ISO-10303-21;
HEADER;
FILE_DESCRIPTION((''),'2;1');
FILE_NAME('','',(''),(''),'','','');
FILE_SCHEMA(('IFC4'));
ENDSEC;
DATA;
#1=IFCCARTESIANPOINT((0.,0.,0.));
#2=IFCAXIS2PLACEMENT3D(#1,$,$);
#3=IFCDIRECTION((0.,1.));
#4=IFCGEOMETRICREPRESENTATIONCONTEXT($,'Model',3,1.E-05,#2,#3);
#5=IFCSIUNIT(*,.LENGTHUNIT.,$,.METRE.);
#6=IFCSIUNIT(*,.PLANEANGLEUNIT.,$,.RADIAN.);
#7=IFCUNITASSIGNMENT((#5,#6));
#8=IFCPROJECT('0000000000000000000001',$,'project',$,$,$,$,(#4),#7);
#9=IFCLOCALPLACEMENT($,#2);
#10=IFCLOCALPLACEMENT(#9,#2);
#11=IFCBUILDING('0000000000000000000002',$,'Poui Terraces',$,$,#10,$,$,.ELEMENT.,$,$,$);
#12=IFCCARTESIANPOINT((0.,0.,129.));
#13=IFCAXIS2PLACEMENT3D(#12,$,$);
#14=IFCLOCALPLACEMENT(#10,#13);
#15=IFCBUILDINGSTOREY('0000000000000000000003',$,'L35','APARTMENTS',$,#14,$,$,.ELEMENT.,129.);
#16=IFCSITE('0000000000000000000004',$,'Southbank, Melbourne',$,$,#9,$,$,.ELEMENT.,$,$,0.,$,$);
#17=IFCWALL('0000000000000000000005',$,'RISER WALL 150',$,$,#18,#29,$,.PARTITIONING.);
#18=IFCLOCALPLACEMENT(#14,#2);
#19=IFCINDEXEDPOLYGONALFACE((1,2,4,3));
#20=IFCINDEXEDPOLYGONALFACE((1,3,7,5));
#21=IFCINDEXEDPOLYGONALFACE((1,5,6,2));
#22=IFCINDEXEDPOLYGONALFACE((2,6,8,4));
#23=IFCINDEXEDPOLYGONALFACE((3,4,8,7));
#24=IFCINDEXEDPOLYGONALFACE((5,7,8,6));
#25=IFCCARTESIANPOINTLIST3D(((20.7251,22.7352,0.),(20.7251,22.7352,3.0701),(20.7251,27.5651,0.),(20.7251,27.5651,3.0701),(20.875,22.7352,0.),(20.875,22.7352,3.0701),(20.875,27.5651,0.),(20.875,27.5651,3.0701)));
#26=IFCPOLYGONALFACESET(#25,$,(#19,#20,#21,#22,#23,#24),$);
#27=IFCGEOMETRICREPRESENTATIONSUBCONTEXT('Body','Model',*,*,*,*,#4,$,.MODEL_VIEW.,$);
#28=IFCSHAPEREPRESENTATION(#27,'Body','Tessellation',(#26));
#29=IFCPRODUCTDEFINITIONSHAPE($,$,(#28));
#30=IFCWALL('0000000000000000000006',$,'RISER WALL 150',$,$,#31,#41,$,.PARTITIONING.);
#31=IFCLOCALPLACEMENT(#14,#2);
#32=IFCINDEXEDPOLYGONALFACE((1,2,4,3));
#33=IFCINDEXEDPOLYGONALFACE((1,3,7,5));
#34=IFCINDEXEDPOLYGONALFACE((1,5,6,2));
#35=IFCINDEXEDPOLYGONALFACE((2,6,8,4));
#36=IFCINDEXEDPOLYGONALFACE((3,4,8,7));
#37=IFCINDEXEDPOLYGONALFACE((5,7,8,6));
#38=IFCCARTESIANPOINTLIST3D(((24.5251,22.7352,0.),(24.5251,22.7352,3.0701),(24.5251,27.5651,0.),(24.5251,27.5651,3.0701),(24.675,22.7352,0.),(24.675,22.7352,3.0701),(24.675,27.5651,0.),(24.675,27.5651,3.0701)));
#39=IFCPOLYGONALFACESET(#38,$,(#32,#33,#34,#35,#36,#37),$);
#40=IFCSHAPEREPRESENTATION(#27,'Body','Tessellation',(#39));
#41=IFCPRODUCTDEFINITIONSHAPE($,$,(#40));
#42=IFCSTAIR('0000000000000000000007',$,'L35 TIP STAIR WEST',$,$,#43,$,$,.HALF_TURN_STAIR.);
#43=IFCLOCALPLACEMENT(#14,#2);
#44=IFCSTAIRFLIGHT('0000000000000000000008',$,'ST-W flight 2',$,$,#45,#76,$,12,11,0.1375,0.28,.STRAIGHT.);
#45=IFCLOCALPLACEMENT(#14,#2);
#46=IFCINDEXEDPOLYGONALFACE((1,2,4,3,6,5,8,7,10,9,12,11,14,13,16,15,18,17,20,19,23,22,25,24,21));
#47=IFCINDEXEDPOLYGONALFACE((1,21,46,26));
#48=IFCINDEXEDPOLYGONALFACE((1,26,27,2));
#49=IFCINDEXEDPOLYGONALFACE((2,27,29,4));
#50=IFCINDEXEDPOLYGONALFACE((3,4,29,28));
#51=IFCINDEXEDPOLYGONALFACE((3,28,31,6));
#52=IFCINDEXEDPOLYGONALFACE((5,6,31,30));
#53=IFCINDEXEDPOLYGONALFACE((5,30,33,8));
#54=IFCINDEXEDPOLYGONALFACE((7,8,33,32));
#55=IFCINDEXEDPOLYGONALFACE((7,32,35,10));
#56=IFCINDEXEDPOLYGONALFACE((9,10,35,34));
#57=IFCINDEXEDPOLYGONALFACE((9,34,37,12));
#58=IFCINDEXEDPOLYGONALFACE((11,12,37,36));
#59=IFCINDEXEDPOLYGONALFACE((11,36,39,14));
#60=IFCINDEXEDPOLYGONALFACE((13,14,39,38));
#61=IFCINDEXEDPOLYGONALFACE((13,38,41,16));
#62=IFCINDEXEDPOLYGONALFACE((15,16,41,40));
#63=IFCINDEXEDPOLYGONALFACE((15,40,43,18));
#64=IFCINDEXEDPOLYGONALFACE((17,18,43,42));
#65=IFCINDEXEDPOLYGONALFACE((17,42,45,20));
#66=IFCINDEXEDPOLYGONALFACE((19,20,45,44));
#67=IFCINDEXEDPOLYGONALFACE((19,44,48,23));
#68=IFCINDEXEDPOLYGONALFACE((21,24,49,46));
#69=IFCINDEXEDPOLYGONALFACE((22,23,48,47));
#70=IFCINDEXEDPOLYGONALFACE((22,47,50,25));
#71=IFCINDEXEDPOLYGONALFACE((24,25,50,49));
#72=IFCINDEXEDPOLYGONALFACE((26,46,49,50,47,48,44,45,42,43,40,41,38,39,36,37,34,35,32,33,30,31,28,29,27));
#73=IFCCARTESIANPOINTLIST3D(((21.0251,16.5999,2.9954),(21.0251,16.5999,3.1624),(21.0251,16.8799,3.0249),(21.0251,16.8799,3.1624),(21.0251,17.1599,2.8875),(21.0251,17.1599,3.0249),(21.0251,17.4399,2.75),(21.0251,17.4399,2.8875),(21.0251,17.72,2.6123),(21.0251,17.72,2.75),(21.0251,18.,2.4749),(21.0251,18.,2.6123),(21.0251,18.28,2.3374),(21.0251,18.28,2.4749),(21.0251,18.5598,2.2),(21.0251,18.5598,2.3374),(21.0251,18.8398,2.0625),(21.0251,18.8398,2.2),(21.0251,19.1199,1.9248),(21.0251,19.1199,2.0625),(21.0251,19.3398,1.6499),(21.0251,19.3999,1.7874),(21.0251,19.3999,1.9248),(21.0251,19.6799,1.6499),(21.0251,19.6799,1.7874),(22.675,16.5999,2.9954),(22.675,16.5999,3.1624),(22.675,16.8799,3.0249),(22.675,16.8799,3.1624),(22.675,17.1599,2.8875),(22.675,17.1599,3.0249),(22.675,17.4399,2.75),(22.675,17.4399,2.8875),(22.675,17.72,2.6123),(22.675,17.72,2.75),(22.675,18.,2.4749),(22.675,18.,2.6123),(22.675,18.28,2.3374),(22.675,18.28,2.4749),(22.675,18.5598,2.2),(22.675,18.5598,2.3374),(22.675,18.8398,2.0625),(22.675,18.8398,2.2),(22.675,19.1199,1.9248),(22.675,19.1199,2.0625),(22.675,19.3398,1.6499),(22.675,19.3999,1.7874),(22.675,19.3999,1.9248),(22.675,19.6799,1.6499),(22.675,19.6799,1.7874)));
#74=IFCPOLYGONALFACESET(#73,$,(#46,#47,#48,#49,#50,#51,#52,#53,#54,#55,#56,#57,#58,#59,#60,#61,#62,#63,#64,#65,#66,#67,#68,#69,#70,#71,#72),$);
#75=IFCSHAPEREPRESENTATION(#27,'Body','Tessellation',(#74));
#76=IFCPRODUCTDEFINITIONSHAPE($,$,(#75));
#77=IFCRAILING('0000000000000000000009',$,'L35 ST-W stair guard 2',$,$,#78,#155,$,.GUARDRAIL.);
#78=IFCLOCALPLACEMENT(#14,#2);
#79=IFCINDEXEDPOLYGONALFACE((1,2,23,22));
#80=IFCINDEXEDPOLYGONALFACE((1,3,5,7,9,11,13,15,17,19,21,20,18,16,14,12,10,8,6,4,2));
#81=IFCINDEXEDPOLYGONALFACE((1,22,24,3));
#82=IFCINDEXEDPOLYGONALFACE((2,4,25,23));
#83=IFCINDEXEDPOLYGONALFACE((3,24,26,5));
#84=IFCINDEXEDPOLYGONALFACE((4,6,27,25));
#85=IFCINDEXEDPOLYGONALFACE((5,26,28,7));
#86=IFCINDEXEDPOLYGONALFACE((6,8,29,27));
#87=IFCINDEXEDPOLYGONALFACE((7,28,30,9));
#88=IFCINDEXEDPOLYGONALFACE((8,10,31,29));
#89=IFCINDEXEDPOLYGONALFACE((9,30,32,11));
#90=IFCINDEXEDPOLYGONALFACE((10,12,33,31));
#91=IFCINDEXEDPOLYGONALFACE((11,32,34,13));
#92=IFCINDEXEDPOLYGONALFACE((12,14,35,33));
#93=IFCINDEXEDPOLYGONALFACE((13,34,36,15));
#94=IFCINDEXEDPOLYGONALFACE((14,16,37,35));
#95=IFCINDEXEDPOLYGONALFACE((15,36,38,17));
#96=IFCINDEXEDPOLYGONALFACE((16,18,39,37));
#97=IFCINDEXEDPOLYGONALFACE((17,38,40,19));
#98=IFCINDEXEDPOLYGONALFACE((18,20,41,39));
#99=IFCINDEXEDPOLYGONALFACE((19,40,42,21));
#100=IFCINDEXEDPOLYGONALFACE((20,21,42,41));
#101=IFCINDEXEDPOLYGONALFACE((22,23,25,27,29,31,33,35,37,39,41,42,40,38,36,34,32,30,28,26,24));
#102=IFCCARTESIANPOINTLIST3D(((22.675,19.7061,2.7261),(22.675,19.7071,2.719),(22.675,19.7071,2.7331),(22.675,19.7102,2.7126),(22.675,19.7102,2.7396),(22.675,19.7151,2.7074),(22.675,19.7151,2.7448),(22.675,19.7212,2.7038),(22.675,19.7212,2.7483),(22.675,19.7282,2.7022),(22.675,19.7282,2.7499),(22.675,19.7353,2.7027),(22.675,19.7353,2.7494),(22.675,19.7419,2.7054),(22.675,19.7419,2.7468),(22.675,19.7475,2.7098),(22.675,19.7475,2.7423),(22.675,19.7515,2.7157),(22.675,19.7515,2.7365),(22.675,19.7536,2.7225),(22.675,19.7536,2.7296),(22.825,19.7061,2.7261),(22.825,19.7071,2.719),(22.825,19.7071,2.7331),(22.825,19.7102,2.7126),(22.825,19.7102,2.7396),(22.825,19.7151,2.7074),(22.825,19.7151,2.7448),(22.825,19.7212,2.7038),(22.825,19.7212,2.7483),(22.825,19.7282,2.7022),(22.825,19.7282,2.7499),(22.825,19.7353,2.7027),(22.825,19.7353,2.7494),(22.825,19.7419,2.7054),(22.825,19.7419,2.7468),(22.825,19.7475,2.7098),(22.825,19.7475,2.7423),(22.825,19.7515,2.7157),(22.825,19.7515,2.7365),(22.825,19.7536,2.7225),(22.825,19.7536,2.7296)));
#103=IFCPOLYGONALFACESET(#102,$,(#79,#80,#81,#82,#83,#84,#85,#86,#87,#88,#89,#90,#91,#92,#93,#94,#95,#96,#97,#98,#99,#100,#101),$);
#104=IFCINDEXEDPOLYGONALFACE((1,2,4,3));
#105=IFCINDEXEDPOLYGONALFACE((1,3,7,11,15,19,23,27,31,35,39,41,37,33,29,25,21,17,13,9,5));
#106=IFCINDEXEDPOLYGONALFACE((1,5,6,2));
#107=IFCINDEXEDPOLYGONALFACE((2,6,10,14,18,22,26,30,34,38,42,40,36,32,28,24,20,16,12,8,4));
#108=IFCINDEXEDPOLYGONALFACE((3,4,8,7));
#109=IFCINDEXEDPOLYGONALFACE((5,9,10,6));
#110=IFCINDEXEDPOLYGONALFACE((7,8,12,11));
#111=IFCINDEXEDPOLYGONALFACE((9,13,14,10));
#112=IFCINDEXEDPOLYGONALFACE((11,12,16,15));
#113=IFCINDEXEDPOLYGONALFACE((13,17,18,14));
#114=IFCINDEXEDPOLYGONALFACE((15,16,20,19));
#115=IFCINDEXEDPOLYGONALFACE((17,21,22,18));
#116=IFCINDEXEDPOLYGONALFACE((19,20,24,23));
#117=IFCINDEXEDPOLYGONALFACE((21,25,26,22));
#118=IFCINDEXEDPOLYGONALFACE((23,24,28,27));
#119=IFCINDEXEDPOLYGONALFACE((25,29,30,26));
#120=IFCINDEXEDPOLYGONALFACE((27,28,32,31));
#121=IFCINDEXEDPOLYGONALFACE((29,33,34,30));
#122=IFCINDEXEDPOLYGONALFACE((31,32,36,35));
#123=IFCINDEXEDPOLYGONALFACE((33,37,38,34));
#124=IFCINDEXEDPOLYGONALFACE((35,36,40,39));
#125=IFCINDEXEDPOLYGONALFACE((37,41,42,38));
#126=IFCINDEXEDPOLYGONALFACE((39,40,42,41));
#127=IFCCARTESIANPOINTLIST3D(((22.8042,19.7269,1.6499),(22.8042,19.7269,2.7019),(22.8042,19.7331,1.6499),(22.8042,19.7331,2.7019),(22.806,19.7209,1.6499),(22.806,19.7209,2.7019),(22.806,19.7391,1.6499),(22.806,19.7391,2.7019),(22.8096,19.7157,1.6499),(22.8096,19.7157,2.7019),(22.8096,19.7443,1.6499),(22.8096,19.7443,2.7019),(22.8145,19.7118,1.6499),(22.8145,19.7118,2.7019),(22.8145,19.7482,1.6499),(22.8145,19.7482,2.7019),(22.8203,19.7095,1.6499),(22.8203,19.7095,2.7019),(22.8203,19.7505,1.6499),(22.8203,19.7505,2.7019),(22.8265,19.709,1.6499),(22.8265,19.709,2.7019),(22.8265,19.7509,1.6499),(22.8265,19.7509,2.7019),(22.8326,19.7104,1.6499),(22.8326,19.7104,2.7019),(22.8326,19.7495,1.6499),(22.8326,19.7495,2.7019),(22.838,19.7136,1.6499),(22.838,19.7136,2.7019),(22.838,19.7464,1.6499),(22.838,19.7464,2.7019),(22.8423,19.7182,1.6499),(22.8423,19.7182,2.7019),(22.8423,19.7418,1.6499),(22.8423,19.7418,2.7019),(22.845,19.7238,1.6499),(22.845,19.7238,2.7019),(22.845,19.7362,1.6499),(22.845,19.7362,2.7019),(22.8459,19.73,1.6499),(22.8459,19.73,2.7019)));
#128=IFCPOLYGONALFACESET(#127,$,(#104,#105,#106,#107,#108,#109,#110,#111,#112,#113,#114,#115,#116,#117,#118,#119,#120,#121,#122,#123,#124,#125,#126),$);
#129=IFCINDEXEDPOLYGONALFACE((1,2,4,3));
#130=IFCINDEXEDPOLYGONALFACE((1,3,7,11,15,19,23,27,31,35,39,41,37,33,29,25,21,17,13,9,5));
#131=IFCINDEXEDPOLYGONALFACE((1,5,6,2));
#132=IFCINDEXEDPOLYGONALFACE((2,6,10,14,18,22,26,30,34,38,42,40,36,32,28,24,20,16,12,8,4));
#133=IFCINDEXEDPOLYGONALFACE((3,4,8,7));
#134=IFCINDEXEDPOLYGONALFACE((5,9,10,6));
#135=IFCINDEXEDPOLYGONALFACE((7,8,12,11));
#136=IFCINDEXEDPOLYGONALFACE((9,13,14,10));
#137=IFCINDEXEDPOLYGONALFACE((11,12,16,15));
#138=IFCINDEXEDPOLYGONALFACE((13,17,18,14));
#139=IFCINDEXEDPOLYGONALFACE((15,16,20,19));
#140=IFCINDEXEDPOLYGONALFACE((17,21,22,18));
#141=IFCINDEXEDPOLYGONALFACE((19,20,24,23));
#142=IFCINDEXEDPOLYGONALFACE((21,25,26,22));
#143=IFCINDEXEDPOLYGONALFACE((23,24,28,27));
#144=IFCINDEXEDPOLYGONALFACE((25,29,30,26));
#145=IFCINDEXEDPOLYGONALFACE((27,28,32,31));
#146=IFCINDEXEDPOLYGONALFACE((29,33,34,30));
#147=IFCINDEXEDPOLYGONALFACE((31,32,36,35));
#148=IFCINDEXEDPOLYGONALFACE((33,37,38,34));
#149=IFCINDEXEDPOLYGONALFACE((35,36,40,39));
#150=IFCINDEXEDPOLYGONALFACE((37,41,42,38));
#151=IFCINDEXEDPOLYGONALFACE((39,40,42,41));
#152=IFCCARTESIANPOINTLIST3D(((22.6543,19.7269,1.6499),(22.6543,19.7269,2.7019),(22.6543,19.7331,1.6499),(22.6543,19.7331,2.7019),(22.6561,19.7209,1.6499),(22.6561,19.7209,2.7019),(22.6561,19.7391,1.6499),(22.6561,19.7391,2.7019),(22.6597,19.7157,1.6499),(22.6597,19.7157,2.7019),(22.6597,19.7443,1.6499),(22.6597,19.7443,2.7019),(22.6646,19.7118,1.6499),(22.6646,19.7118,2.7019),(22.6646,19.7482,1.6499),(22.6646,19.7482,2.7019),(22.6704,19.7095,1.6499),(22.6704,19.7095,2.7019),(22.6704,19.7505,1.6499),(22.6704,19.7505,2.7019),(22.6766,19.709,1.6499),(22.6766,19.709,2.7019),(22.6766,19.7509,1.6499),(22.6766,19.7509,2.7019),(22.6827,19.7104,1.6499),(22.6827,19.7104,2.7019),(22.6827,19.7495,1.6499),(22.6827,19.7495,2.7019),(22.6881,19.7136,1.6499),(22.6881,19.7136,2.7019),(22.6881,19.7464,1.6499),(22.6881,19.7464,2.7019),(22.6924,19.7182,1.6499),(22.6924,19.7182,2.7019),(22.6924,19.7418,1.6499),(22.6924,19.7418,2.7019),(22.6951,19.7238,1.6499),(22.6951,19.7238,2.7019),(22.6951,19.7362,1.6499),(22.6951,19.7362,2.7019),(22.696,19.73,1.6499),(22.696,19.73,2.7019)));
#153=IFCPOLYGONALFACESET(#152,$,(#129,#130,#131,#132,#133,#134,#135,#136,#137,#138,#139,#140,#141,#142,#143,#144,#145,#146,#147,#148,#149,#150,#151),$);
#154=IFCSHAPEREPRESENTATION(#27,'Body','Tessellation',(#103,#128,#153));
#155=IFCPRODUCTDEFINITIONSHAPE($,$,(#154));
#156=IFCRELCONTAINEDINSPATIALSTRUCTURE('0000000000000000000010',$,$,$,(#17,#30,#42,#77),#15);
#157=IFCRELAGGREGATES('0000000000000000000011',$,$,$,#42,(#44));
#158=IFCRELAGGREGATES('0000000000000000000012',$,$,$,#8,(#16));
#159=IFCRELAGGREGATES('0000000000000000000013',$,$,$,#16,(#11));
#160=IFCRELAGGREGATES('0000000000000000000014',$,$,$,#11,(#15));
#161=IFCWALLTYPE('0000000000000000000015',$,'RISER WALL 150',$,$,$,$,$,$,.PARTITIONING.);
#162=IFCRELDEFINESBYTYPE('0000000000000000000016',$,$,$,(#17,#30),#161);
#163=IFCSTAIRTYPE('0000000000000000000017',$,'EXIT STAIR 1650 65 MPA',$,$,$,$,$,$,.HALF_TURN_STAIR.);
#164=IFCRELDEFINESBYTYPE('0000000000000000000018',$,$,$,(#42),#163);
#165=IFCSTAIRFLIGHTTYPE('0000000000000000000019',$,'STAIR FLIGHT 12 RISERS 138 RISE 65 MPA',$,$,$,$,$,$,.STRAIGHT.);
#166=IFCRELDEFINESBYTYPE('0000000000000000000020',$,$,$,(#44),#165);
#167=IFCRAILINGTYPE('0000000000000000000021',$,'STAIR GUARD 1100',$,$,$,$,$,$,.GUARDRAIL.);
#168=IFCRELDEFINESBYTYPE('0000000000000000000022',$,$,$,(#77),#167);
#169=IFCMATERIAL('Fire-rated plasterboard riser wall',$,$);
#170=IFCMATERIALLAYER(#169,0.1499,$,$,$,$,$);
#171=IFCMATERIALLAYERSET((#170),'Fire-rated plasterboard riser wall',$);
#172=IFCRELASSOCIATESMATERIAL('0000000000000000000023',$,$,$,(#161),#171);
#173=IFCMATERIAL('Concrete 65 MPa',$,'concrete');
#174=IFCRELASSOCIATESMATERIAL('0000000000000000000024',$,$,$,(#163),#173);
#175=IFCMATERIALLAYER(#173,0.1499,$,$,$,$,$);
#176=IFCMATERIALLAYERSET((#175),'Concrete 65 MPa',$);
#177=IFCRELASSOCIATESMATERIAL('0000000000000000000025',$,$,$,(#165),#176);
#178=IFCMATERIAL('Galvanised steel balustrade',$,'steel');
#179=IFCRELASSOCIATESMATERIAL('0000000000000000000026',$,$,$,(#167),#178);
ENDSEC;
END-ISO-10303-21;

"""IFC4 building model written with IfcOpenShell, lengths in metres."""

from ifc_helpers import new_model, si_unit, direction, frame, frame_2d, origin, origin_2d, place, context, subcontext, project, spatial, polyline, rectangle, circle, outline, extrude, material, layer, layer_set, type_object, element, aggregate, save


model = new_model("IFC4")

# Units and contexts
model_context = context("Model", 3, precision=1e-05, world=origin(), true_north=direction((0.0, 1.0)))
body_context = subcontext(model_context, "Body", "Model", "MODEL_VIEW")
ifc_project = project(units=[si_unit("LENGTHUNIT", "METRE"), si_unit("PLANEANGLEUNIT", "RADIAN")], contexts=[model_context])

# Site, building, storey
site_placement = place(None, origin())
site = spatial("IfcSite", under=ifc_project, at=site_placement, Name="Southbank, Melbourne", CompositionType="ELEMENT", RefElevation=0.0)
building_placement = place(site_placement, origin())
building = spatial("IfcBuilding", under=site, at=building_placement, Name="Poui Terraces", CompositionType="ELEMENT")
storey_placement = place(building_placement, frame((0.0, 0.0, 129.0)))
storey = spatial("IfcBuildingStorey", under=building, at=storey_placement, Name="L35", Description="APARTMENTS", CompositionType="ELEMENT", Elevation=129.0)

# Walls
ifc_material_1 = material(Name="Fire-rated plasterboard riser wall")
ifc_layer_1 = layer(ifc_material_1, 0.1499)
ifc_layer_set_1 = layer_set([ifc_layer_1], Name="Fire-rated plasterboard riser wall")
wall_type = type_object("IfcWallType", Name="RISER WALL 150", PredefinedType="PARTITIONING", material=ifc_layer_set_1)
for number, where, z_axis, x_axis, name in (
    (1, (20.8, 22.7351, 0.0), (0.0, 0.0, 1.0), (0.0, 1.0, 0.0), "RISER WALL 150"),
    (2, (24.6001, 22.7351, 0.0), (0.0, 0.0, 1.0), (0.0, 1.0, 0.0), "RISER WALL 150"),
):
    element("IfcWall", number, at=place(storey_placement, frame(where, z_axis=z_axis, x_axis=x_axis)), inside=storey, type_object=wall_type, Name=name, PredefinedType="PARTITIONING", context=body_context, shape_type="SweptSolid", body=[
        extrude(rectangle(XDim=4.8298, YDim=0.1499, at=frame_2d((2.415, 0.0))), origin(), (0.0, 0.0, 1.0), 3.0701),
    ])

# Stair, stair flight
ifc_material_2 = material(Name="Concrete 65 MPa", Category="concrete")
stair_type = type_object("IfcStairType", Name="EXIT STAIR 1650 65 MPA", PredefinedType="HALF_TURN_STAIR", material=ifc_material_2)
stair_placement = place(storey_placement, origin())
stair = element("IfcStair", 3, at=stair_placement, inside=storey, type_object=stair_type, Name="L35 TIP STAIR WEST", PredefinedType="HALF_TURN_STAIR")
ifc_layer_2 = layer(ifc_material_2, 0.1499)
ifc_layer_set_2 = layer_set([ifc_layer_2], Name="Concrete 65 MPa")
stair_flight_type = type_object("IfcStairFlightType", Name="STAIR FLIGHT 12 RISERS 138 RISE 65 MPA", PredefinedType="STRAIGHT", material=ifc_layer_set_2)
stair_flight_placement = place(storey_placement, frame((21.8501, 19.6799, 1.6499), z_axis=(0.0, 0.0, 1.0), x_axis=(0.0, -1.0, 0.0)))
stair_flight = element("IfcStairFlight", 4, at=stair_flight_placement, type_object=stair_flight_type, Name="ST-W flight 2", NumberOfRisers=12, NumberOfTreads=11, PredefinedType="STRAIGHT", RiserHeight=0.1375, TreadLength=0.28, context=body_context, shape_type="SweptSolid", body=[
    extrude(outline(polyline([(0.0, 0.0), (0.0, 0.1375), (0.28, 0.1375), (0.28, 0.2749), (0.5601, 0.2749), (0.5601, 0.4126), (0.8401, 0.4126), (0.8401, 0.55), (1.1201, 0.55), (1.1201, 0.6875), (1.3999, 0.6875), (1.3999, 0.825), (1.6799, 0.825), (1.6799, 0.9624), (1.96, 0.9624), (1.96, 1.1001), (2.24, 1.1001), (2.24, 1.2375), (2.52, 1.2375), (2.52, 1.375), (2.8, 1.375), (2.8, 1.5125), (3.0801, 1.5125), (3.0801, 1.6499), (3.0801, 1.3455), (0.3401, 0.0), (0.0, 0.0)])), frame((0.0, 0.825, 0.0), z_axis=(0.0, -1.0, 0.0), x_axis=(1.0, 0.0, 0.0)), (0.0, 0.0, 1.0), 1.6499),
])
aggregate(stair, [stair_flight])

# Railing
ifc_material_3 = material(Name="Galvanised steel balustrade", Category="steel")
railing_type_1 = type_object("IfcRailingType", Name="STAIR GUARD 1100", PredefinedType="GUARDRAIL", material=ifc_material_3)
railing_1_placement = place(storey_placement, frame((22.825, 19.73, 1.6499)))
element("IfcRailing", 5, at=railing_1_placement, inside=storey, type_object=railing_type_1, Name="L35 ST-W stair guard 2", PredefinedType="GUARDRAIL", context=body_context, shape_type="SweptSolid", body=[
    extrude(circle(Radius=0.0239, at=origin_2d()), frame((0.0, 0.0, 1.0762), z_axis=(-1.0, 0.0, 0.0), x_axis=(0.0, -1.0, 0.0)), (0.0, 0.0, 1.0), 0.1499),
    extrude(circle(Radius=0.021, at=origin_2d()), origin(), (0.0, 0.0, 1.0), 1.052),
    extrude(circle(Radius=0.021, at=origin_2d()), frame((-0.1499, 0.0, 0.0)), (0.0, 0.0, 1.0), 1.052),
])

save(model, "model.ifc")
